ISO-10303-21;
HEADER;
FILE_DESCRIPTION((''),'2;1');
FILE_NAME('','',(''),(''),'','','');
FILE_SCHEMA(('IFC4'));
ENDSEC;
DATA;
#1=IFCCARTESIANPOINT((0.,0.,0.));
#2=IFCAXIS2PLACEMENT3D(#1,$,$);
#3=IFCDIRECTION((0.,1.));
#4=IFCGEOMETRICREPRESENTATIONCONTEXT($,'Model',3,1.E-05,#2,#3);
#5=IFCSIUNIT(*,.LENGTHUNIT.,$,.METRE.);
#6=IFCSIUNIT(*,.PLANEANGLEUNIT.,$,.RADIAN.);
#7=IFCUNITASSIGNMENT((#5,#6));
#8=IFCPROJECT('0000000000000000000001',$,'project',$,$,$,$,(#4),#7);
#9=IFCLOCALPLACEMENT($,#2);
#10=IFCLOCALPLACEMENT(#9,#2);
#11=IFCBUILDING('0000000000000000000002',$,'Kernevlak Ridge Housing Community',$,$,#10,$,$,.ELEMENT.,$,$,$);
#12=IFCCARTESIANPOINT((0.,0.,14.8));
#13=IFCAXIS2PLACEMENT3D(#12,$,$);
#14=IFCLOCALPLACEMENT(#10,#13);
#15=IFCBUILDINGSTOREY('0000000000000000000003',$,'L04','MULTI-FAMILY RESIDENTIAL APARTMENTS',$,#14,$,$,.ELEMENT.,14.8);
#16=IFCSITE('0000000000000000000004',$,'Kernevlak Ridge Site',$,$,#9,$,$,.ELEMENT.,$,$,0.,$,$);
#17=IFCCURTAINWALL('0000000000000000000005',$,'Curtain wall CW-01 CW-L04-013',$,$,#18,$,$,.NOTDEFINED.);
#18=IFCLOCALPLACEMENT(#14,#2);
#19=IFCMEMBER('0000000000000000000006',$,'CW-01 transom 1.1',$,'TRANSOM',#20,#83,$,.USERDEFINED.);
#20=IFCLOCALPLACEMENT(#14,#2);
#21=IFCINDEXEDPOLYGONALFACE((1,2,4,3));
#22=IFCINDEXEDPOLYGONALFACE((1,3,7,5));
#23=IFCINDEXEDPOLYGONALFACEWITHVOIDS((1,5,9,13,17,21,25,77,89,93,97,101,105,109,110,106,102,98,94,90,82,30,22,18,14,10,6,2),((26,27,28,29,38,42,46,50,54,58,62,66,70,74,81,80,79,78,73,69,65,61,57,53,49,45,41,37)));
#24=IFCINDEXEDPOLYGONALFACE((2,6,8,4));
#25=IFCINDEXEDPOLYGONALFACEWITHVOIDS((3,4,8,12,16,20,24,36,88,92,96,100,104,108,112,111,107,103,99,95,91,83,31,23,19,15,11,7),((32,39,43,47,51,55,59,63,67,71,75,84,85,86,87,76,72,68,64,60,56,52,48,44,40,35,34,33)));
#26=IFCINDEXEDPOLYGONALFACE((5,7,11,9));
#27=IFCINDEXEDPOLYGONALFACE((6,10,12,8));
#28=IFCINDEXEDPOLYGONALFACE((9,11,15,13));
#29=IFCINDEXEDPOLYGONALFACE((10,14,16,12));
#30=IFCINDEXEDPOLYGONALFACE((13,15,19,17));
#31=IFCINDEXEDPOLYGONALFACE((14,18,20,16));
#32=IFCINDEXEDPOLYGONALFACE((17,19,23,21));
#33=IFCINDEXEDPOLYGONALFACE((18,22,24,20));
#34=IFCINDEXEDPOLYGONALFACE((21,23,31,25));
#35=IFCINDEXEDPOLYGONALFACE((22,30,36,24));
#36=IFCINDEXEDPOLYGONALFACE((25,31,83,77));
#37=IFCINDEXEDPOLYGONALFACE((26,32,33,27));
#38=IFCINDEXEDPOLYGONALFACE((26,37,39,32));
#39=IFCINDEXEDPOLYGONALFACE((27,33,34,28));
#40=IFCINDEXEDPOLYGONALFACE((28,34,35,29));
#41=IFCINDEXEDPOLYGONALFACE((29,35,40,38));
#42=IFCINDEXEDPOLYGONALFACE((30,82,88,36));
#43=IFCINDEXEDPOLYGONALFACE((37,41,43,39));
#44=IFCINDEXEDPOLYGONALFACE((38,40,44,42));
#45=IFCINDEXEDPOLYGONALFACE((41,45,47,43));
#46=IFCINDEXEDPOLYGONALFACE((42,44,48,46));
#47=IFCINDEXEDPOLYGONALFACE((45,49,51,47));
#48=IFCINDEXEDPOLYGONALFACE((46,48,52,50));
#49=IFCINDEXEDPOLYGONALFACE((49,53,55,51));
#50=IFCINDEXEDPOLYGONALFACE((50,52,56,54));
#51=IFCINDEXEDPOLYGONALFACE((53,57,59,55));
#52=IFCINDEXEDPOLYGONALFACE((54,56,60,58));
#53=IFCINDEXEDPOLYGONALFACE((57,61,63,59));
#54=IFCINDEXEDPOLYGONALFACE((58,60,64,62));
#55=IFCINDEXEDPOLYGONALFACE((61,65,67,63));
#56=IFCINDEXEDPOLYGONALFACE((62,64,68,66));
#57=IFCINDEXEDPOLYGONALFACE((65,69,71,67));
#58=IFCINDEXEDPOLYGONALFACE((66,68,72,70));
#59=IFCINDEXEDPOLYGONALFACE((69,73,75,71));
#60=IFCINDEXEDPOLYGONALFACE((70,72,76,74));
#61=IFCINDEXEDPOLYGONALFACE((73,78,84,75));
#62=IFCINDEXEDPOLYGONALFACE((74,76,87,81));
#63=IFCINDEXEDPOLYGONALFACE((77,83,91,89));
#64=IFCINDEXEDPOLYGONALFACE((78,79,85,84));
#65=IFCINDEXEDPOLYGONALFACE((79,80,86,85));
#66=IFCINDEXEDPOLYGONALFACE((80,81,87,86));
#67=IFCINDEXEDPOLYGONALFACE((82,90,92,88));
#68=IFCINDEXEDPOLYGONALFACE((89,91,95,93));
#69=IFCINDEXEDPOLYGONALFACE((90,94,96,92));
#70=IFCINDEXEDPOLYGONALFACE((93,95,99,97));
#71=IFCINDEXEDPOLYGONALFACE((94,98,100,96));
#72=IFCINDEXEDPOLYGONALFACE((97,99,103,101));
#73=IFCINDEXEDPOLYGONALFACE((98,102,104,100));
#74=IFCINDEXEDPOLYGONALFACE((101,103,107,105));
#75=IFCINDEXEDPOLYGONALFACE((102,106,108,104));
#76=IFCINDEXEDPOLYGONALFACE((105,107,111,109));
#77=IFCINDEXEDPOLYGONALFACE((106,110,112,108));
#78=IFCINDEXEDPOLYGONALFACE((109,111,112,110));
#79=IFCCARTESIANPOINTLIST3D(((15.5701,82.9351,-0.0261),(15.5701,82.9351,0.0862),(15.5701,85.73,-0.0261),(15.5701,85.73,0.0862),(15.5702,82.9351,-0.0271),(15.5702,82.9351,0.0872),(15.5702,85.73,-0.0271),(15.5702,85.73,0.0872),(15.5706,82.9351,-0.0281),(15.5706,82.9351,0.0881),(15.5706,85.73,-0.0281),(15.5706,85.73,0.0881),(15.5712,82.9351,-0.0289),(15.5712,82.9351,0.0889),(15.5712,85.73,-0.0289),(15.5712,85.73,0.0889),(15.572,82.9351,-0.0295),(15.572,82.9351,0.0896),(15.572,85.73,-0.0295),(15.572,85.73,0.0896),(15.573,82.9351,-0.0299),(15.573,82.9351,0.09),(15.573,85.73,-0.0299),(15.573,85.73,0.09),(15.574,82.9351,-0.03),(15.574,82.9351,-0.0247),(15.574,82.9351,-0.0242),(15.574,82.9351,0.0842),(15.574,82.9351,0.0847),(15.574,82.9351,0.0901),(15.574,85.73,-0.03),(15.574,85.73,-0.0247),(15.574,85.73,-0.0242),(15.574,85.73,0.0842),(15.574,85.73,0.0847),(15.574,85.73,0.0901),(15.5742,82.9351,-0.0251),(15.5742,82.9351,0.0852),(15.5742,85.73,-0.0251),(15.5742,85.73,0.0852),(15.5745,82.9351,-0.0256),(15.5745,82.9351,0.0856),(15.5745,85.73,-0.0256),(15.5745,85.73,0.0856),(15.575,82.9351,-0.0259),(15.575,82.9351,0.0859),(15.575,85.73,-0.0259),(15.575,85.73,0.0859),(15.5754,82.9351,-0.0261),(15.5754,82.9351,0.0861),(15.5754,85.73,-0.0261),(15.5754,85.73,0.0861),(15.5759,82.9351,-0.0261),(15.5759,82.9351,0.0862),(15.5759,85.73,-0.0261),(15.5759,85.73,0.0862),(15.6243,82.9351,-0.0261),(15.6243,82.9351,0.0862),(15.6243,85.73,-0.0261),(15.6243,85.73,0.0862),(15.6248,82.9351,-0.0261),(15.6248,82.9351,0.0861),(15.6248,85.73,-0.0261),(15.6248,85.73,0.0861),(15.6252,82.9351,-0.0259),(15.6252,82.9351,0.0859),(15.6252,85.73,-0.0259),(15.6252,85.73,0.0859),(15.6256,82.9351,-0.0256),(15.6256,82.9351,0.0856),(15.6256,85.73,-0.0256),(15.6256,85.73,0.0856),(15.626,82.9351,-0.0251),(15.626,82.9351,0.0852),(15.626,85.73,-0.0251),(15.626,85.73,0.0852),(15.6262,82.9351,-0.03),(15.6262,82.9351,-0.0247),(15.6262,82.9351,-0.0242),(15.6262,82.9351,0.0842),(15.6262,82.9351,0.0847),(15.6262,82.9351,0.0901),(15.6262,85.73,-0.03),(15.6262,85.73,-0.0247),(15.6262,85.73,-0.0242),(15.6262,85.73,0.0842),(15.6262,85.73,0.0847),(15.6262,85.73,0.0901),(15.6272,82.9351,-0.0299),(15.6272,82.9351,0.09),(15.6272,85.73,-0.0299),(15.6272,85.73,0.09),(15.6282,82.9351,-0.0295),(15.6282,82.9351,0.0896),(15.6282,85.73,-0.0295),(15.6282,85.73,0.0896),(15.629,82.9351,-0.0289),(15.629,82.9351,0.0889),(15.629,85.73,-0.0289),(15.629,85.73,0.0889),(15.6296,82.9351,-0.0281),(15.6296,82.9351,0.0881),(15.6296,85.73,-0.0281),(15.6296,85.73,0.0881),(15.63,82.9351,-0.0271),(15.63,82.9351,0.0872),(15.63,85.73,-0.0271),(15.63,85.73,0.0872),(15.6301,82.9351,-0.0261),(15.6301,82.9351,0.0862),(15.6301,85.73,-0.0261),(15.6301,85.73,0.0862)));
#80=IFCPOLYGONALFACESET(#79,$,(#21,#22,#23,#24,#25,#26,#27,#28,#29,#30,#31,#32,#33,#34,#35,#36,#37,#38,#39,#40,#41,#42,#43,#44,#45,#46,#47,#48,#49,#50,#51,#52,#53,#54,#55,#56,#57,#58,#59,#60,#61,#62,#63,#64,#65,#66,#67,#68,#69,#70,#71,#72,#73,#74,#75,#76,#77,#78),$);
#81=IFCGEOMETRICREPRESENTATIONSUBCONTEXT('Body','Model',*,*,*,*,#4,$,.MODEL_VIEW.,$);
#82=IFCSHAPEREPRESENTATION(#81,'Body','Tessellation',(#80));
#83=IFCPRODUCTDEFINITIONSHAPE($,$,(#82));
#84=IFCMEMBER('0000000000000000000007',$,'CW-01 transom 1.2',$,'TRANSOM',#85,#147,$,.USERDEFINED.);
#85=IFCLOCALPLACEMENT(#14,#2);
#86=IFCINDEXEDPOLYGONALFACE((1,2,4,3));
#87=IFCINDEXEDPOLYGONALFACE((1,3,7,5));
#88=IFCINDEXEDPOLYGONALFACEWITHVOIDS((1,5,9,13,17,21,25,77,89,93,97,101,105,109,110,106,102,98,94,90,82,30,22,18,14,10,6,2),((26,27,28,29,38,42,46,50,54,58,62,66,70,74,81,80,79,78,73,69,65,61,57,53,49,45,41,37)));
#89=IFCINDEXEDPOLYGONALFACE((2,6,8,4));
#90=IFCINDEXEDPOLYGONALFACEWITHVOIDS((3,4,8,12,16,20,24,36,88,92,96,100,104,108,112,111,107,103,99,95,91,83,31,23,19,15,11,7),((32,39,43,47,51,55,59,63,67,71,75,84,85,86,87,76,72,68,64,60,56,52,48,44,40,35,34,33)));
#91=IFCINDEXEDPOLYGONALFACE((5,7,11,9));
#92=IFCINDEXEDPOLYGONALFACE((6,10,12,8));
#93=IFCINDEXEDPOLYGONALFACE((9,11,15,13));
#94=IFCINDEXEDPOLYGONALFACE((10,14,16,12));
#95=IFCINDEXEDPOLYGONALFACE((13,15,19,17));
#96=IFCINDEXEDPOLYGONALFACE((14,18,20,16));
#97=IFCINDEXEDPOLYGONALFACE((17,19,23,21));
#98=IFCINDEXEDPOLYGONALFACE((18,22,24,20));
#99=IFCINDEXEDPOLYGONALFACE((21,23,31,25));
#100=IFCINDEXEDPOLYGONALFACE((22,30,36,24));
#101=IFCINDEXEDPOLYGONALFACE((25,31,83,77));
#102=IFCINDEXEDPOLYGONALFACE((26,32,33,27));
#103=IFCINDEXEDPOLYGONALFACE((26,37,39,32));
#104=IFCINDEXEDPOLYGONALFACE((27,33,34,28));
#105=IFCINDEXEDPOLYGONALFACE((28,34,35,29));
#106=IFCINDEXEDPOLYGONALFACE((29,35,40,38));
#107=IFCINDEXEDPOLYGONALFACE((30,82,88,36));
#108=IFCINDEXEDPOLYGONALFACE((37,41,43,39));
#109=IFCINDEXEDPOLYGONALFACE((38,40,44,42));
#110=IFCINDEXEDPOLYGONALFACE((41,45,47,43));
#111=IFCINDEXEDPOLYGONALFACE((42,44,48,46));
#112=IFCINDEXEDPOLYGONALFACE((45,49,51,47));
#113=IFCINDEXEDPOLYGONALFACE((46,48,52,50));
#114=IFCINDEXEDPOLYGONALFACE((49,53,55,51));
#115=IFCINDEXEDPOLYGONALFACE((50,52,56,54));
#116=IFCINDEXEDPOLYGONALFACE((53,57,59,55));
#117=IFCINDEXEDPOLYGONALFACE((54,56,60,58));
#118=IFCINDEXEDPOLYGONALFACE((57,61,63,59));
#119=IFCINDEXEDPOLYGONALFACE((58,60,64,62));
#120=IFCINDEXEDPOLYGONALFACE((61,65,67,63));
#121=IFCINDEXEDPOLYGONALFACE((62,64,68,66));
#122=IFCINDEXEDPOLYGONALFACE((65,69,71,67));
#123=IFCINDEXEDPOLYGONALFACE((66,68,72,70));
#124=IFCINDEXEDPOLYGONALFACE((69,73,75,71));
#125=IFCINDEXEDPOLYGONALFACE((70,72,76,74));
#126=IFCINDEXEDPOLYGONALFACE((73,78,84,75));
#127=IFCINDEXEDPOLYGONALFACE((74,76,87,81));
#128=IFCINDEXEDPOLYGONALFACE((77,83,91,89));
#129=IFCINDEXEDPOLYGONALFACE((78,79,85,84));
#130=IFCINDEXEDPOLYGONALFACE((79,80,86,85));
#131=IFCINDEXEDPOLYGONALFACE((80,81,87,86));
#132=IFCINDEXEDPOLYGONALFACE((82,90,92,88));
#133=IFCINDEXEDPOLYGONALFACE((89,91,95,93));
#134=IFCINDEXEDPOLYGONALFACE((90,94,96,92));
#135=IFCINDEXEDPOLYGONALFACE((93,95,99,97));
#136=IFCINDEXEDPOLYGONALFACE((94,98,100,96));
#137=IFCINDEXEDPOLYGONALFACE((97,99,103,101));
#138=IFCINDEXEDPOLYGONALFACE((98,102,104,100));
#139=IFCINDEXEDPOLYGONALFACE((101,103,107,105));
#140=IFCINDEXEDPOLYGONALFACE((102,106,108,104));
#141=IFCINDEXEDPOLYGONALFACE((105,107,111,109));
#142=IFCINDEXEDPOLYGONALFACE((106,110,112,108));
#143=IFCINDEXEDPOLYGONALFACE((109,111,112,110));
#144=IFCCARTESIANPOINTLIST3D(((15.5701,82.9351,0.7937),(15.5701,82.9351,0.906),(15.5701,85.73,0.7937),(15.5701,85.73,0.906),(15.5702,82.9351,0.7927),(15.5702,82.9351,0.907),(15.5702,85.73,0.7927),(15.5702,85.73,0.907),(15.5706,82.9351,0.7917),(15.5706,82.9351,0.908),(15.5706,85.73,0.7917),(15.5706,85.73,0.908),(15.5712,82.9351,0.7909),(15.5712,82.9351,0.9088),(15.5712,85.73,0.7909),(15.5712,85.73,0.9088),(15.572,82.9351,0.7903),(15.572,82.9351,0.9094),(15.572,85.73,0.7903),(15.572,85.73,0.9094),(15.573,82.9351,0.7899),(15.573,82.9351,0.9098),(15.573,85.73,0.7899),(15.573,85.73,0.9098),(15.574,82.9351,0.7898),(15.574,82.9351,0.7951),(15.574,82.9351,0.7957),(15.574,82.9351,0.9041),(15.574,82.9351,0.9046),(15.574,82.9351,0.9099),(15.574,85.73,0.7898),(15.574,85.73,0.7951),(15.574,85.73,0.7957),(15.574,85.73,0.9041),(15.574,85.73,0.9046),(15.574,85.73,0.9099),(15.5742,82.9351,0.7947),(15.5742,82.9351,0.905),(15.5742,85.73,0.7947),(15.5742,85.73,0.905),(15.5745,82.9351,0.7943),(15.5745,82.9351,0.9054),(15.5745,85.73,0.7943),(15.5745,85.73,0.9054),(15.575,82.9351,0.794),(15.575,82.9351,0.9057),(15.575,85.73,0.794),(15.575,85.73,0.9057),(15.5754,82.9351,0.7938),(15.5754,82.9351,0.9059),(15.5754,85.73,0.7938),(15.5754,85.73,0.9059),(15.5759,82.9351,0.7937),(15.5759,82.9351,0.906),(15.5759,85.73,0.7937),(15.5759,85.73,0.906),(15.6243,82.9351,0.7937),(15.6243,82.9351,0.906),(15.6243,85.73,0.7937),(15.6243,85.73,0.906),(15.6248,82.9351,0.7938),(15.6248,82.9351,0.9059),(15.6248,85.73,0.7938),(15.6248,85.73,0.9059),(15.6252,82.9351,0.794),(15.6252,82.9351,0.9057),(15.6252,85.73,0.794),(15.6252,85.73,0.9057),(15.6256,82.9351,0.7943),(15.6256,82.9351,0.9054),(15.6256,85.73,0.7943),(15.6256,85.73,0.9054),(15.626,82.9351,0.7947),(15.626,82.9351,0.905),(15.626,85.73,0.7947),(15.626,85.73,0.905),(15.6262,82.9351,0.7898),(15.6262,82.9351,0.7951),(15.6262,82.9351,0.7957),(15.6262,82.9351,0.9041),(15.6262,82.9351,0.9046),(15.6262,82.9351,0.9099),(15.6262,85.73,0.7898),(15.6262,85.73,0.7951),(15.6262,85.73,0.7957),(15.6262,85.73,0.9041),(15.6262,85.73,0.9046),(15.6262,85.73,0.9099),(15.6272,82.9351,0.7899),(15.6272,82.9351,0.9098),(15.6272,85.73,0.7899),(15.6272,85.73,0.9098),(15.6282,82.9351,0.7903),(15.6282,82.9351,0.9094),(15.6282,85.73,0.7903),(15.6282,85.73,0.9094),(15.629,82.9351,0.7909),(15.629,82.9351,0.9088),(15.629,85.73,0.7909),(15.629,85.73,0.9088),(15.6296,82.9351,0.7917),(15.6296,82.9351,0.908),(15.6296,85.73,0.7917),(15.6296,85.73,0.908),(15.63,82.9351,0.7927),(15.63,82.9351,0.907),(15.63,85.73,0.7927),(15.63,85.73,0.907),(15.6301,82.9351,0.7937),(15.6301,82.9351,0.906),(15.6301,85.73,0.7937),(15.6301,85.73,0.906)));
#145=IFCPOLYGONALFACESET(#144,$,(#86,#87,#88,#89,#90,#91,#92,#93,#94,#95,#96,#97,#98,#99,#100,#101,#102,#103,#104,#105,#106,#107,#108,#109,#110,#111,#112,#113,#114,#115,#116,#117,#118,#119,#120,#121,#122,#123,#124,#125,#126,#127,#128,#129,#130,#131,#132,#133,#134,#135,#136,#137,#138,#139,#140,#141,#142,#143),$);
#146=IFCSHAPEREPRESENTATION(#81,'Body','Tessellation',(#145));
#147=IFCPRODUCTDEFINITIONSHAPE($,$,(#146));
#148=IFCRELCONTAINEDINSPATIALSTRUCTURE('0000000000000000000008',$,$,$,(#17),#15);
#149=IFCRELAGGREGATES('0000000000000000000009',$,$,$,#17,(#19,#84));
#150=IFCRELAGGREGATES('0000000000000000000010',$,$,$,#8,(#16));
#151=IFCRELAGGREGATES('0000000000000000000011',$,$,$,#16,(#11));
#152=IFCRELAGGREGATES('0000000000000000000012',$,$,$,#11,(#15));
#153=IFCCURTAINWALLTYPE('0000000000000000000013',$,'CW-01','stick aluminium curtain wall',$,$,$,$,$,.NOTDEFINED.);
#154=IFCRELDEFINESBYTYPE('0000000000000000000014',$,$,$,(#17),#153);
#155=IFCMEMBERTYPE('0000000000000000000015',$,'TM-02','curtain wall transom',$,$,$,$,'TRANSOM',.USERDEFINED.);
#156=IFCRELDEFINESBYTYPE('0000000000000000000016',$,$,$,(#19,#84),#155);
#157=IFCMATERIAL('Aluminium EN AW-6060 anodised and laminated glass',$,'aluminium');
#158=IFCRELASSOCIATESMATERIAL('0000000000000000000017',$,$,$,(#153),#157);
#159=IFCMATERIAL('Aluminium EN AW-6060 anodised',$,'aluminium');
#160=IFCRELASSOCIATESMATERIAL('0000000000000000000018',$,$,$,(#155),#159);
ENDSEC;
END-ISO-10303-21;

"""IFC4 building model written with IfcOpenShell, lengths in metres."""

from ifc_helpers import new_model, si_unit, direction, frame, origin, origin_2d, place, context, subcontext, project, spatial, hollow_rectangle, extrude, material, material_profile, profile_set, type_object, element, aggregate, save


model = new_model("IFC4")

# Units and contexts
model_context = context("Model", 3, precision=1e-05, world=origin(), true_north=direction((0.0, 1.0)))
body_context = subcontext(model_context, "Body", "Model", "MODEL_VIEW")
ifc_project = project(units=[si_unit("LENGTHUNIT", "METRE"), si_unit("PLANEANGLEUNIT", "RADIAN")], contexts=[model_context])

# Site, building, storey
site_placement = place(None, origin())
site = spatial("IfcSite", under=ifc_project, at=site_placement, Name="Kernevlak Ridge Site", CompositionType="ELEMENT", RefElevation=0.0)
building_placement = place(site_placement, origin())
building = spatial("IfcBuilding", under=site, at=building_placement, Name="Kernevlak Ridge Housing Community", CompositionType="ELEMENT")
storey_placement = place(building_placement, frame((0.0, 0.0, 14.8)))
storey = spatial("IfcBuildingStorey", under=building, at=storey_placement, Name="L04", Description="MULTI-FAMILY RESIDENTIAL APARTMENTS", CompositionType="ELEMENT", Elevation=14.8)

# Curtain wall
ifc_material_1 = material(Name="Aluminium EN AW-6060 anodised and laminated glass", Category="aluminium")
curtain_wall_type = type_object("IfcCurtainWallType", Name="CW-01", Description="stick aluminium curtain wall", PredefinedType="NOTDEFINED", material=ifc_material_1)
curtain_wall_placement = place(storey_placement, origin())
curtain_wall = element("IfcCurtainWall", 1, at=curtain_wall_placement, inside=storey, type_object=curtain_wall_type, Name="Curtain wall CW-01 CW-L04-013", PredefinedType="NOTDEFINED")
ifc_material_2 = material(Name="Aluminium EN AW-6060 anodised", Category="aluminium")

# Members
ifc_material_profile_1 = material_profile(ifc_material_2, hollow_rectangle(XDim=0.0601, YDim=0.1201, WallThickness=0.0039, InnerFilletRadius=0.002, OuterFilletRadius=0.0039, at=origin_2d()), Name="ALU 60x120x4")
ifc_profile_set_1 = profile_set([ifc_material_profile_1], Name="Aluminium EN AW-6060 anodised")
member_type_1 = type_object("IfcMemberType", Name="TM-02", Description="curtain wall transom", ElementType="TRANSOM", PredefinedType="USERDEFINED", material=ifc_profile_set_1)
member_1_placement = place(storey_placement, frame((15.6001, 82.9351, 0.03), z_axis=(0.0, 1.0, 0.0), x_axis=(-1.0, 0.0, 0.0)))
member_1 = element("IfcMember", 2, at=member_1_placement, type_object=member_type_1, Name="CW-01 transom 1.1", ObjectType="TRANSOM", PredefinedType="USERDEFINED", context=body_context, shape_type="SweptSolid", body=[
    extrude(hollow_rectangle(XDim=0.0601, YDim=0.1201, WallThickness=0.0039, InnerFilletRadius=0.002, OuterFilletRadius=0.0039, at=origin_2d()), origin(), (0.0, 0.0, 1.0), 2.7949),
])
member_2_placement = place(storey_placement, frame((15.6001, 82.9351, 0.8499), z_axis=(0.0, 1.0, 0.0), x_axis=(-1.0, 0.0, 0.0)))
member_2 = element("IfcMember", 3, at=member_2_placement, type_object=member_type_1, Name="CW-01 transom 1.2", ObjectType="TRANSOM", PredefinedType="USERDEFINED", context=body_context, shape_type="SweptSolid", body=[
    extrude(hollow_rectangle(XDim=0.0601, YDim=0.1201, WallThickness=0.0039, InnerFilletRadius=0.002, OuterFilletRadius=0.0039, at=origin_2d()), origin(), (0.0, 0.0, 1.0), 2.7949),
])

aggregate(curtain_wall, [member_1, member_2])

save(model, "model.ifc")
